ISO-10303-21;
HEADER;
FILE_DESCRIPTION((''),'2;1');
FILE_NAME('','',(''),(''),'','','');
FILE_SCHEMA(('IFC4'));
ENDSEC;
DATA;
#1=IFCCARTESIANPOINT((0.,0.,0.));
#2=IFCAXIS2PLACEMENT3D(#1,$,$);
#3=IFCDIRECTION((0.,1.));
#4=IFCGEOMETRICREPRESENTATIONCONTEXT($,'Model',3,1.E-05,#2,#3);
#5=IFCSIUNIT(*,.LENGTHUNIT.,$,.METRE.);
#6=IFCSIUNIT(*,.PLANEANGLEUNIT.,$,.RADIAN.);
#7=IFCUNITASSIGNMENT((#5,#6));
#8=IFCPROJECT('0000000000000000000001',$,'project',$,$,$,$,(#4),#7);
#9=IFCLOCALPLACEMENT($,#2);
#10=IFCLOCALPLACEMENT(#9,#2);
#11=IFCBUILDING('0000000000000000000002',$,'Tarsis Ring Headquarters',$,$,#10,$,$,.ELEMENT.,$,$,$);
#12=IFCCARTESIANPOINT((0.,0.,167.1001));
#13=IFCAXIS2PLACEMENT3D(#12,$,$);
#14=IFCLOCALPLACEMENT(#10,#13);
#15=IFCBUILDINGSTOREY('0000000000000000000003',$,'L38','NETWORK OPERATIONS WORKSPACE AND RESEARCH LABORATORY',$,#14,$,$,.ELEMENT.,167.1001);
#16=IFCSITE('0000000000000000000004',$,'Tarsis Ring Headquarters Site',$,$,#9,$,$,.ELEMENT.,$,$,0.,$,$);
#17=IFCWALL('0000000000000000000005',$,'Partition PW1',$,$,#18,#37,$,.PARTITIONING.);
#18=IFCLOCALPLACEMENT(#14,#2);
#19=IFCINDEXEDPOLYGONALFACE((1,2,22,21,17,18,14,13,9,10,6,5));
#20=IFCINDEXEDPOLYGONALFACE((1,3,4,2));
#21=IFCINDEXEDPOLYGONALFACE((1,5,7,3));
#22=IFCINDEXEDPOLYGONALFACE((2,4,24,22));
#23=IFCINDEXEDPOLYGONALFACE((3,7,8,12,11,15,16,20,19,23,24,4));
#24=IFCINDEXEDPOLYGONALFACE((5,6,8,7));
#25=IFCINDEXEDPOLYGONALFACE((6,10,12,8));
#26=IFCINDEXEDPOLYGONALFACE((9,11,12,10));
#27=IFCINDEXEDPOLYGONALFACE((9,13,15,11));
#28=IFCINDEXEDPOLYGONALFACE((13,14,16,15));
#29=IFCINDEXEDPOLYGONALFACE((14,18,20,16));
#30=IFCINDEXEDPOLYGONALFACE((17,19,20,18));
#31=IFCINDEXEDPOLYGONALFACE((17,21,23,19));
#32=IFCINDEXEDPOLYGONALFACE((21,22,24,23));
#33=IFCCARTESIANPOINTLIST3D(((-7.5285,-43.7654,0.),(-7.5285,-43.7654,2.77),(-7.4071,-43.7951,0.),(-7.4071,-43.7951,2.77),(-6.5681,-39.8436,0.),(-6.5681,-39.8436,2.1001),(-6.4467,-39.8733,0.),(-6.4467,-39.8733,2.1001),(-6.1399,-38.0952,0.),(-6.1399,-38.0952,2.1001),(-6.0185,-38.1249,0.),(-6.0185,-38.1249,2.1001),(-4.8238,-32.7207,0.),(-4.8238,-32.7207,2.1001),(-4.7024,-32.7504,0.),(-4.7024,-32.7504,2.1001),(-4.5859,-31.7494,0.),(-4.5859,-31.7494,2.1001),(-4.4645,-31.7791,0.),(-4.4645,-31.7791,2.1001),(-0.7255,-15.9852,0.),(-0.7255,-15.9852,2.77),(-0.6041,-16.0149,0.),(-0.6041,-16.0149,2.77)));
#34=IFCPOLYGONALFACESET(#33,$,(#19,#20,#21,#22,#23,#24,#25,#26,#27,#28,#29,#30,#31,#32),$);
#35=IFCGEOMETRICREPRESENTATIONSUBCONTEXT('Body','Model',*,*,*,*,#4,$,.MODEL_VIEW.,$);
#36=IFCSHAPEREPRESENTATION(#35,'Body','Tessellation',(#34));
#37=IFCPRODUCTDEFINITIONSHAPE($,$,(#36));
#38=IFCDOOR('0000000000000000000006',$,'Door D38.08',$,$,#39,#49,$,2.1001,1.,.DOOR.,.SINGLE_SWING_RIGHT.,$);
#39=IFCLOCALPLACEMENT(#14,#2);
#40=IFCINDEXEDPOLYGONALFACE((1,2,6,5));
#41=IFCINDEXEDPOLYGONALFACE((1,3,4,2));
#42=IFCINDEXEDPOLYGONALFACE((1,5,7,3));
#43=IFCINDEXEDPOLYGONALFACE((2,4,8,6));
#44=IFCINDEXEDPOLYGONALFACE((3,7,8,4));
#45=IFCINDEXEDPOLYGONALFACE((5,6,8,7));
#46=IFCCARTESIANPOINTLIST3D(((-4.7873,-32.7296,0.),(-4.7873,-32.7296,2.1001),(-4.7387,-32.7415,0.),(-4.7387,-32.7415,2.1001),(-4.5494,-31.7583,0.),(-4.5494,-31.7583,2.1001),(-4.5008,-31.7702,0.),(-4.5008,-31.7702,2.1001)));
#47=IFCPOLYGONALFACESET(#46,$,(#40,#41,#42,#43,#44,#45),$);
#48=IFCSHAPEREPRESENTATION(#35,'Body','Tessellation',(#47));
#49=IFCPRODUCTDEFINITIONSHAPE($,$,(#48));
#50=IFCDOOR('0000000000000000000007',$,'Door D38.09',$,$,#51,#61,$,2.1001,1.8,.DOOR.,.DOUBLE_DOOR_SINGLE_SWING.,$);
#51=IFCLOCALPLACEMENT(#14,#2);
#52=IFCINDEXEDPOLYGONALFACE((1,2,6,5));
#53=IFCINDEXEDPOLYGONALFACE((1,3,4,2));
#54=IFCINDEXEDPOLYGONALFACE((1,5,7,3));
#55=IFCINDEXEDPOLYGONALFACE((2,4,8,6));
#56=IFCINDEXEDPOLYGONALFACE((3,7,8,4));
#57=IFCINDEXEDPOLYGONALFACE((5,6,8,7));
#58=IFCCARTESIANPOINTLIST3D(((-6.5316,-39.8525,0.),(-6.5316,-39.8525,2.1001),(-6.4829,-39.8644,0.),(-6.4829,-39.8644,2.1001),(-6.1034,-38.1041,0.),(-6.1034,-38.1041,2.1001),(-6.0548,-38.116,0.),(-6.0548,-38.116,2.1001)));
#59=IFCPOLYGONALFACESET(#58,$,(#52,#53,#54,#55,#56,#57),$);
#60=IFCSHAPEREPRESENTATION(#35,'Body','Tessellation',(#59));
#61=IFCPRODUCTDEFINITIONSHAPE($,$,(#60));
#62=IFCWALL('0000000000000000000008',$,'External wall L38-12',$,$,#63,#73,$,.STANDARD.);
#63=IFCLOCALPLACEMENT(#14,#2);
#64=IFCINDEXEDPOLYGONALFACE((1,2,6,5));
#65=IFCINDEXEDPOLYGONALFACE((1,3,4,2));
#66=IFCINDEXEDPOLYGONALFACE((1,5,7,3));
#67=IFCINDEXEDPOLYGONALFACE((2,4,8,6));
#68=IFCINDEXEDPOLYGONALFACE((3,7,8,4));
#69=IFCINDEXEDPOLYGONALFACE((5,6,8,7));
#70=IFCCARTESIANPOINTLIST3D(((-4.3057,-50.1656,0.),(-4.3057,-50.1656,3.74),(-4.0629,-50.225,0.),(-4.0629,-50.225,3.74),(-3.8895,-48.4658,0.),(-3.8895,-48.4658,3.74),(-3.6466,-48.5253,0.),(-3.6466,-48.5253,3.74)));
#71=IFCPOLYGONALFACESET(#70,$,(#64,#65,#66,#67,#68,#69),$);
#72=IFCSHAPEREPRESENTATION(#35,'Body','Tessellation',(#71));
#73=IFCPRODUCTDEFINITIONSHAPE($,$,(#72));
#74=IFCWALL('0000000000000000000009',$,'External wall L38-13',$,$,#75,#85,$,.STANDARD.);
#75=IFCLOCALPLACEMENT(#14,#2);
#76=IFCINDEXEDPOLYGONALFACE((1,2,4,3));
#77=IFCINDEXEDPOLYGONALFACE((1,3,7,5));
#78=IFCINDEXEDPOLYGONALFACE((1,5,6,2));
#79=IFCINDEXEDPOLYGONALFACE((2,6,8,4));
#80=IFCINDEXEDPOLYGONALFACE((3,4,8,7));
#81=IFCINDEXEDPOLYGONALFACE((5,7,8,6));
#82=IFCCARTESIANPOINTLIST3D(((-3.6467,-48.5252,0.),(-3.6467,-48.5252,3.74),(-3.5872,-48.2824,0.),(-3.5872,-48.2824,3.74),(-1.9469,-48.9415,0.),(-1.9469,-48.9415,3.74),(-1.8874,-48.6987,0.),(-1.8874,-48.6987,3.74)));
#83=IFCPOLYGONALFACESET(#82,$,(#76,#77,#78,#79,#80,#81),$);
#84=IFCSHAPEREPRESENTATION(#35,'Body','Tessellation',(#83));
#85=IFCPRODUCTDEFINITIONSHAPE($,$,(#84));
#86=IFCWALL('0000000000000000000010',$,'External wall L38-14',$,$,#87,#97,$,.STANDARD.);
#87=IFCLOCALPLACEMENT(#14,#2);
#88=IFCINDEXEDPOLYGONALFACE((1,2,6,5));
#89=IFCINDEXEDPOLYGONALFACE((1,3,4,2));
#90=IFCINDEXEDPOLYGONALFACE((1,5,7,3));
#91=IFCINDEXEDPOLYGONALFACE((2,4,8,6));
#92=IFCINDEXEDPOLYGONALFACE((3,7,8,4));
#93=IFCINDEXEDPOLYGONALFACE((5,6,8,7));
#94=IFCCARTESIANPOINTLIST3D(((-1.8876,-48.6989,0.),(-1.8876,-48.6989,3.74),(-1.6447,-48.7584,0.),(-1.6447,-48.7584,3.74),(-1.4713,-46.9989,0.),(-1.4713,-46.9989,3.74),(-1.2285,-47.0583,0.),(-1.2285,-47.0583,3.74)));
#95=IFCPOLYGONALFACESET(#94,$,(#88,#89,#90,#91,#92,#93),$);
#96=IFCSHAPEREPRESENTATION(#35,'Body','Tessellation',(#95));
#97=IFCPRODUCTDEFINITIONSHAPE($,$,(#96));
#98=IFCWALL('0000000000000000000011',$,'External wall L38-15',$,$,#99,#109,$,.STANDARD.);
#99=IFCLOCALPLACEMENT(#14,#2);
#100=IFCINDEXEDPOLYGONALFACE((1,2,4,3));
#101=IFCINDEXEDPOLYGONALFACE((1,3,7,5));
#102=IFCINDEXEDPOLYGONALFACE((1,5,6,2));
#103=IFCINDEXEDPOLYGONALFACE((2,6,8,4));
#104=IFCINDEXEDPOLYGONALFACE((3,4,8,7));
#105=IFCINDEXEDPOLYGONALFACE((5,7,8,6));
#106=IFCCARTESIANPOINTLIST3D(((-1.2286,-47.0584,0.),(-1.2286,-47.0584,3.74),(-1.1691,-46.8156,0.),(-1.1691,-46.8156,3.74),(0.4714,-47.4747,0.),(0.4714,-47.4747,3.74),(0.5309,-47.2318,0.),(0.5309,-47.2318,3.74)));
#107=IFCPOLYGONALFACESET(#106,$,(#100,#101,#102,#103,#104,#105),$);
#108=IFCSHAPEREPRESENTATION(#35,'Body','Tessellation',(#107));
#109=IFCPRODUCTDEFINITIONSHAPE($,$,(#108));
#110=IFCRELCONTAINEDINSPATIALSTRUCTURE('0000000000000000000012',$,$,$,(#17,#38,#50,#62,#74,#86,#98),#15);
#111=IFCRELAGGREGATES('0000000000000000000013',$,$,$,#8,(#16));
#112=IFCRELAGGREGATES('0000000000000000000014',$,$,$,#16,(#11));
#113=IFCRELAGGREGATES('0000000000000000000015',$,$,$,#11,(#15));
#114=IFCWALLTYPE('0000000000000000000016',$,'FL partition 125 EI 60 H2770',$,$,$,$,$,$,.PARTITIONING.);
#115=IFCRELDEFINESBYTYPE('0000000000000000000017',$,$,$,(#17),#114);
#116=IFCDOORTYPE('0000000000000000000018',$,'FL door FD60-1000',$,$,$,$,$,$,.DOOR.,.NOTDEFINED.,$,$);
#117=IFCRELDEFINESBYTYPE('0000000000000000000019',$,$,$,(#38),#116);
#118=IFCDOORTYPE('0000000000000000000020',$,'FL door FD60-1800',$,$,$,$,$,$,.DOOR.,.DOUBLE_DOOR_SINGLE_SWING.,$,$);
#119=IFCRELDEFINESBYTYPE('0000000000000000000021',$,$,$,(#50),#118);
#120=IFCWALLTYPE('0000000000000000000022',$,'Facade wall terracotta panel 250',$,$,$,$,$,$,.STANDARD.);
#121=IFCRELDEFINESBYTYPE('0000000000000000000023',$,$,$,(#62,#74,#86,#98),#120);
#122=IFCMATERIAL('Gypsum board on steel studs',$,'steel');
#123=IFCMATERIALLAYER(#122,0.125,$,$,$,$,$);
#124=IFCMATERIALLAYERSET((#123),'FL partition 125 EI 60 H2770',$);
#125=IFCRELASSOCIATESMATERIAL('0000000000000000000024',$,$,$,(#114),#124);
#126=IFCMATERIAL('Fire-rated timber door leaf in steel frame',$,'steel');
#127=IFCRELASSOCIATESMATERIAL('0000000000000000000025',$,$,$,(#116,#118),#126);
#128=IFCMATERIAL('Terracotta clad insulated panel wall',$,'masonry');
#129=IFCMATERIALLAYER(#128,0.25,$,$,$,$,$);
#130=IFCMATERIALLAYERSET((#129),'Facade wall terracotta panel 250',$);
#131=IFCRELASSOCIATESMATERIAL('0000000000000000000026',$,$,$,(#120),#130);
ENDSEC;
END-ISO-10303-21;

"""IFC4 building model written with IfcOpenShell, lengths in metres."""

from ifc_helpers import new_model, si_unit, direction, frame, frame_2d, origin, place, context, subcontext, project, spatial, rectangle, extrude, material, layer, layer_set, type_object, element, fill, save


model = new_model("IFC4")

# Units and contexts
model_context = context("Model", 3, precision=1e-05, world=origin(), true_north=direction((0.0, 1.0)))
body_context = subcontext(model_context, "Body", "Model", "MODEL_VIEW")
ifc_project = project(units=[si_unit("LENGTHUNIT", "METRE"), si_unit("PLANEANGLEUNIT", "RADIAN")], contexts=[model_context])

# Site, building, storey
site_placement = place(None, origin())
site = spatial("IfcSite", under=ifc_project, at=site_placement, Name="Tarsis Ring Headquarters Site", CompositionType="ELEMENT", RefElevation=0.0)
building_placement = place(site_placement, origin())
building = spatial("IfcBuilding", under=site, at=building_placement, Name="Tarsis Ring Headquarters", CompositionType="ELEMENT")
storey_placement = place(building_placement, frame((0.0, 0.0, 167.1001)))
storey = spatial("IfcBuildingStorey", under=building, at=storey_placement, Name="L38", Description="NETWORK OPERATIONS WORKSPACE AND RESEARCH LABORATORY", CompositionType="ELEMENT", Elevation=167.1001)

# Wall, openings, doors
ifc_material_1 = material(Name="Gypsum board on steel studs", Category="steel")
ifc_layer_1 = layer(ifc_material_1, 0.125)
ifc_layer_set_1 = layer_set([ifc_layer_1], Name="FL partition 125 EI 60 H2770")
wall_type_1 = type_object("IfcWallType", Name="FL partition 125 EI 60 H2770", PredefinedType="PARTITIONING", material=ifc_layer_set_1)
wall_1_placement = place(storey_placement, frame((-7.4678, -43.7803, 0.0), z_axis=(0.0, 0.0, 1.0), x_axis=(0.237857, 0.9713, 0.0)))
wall_1 = element("IfcWall", 1, at=wall_1_placement, inside=storey, type_object=wall_type_1, Name="Partition PW1", PredefinedType="PARTITIONING", context=body_context, shape_type="SweptSolid", body=[
    extrude(rectangle(XDim=28.6011, YDim=0.125, at=frame_2d((14.3005, 0.0))), origin(), (0.0, 0.0, 1.0), 2.77),
])
opening_1_placement = place(wall_1_placement, frame((11.3711, 0.0, 0.0)))
opening_1 = element("IfcOpeningElement", 2, at=opening_1_placement, cuts=wall_1, PredefinedType="OPENING", context=body_context, shape_type="SweptSolid", body=[
    extrude(rectangle(XDim=1.0, YDim=2.1001, at=frame_2d((0.5, 1.05))), frame((0.0, 0.0725, 0.0), z_axis=(0.0, -1.0, 0.0), x_axis=(1.0, 0.0, 0.0)), (0.0, 0.0, 1.0), 0.145),
])
opening_2_placement = place(wall_1_placement, frame((4.0378, 0.0, 0.0)))
opening_2 = element("IfcOpeningElement", 3, at=opening_2_placement, cuts=wall_1, PredefinedType="OPENING", context=body_context, shape_type="SweptSolid", body=[
    extrude(rectangle(XDim=1.8, YDim=2.1001, at=frame_2d((0.8999, 1.05))), frame((0.0, 0.0725, 0.0), z_axis=(0.0, -1.0, 0.0), x_axis=(1.0, 0.0, 0.0)), (0.0, 0.0, 1.0), 0.145),
])
ifc_material_2 = material(Name="Fire-rated timber door leaf in steel frame", Category="steel")
door_type_1 = type_object("IfcDoorType", Name="FL door FD60-1000", OperationType="NOTDEFINED", PredefinedType="DOOR", material=ifc_material_2)
door_1_placement = place(opening_1_placement, origin())
door_1 = element("IfcDoor", 4, at=door_1_placement, inside=storey, type_object=door_type_1, Name="Door D38.08", OperationType="SINGLE_SWING_RIGHT", OverallHeight=2.1001, OverallWidth=1.0, PredefinedType="DOOR", context=body_context, shape_type="SweptSolid", body=[
    extrude(rectangle(XDim=1.0, YDim=2.1001, at=frame_2d((0.5, 1.05))), frame((0.0, 0.0249, 0.0), z_axis=(0.0, -1.0, 0.0), x_axis=(1.0, 0.0, 0.0)), (0.0, 0.0, 1.0), 0.05),
])
fill(opening_1, door_1)
door_type_2 = type_object("IfcDoorType", Name="FL door FD60-1800", OperationType="DOUBLE_DOOR_SINGLE_SWING", PredefinedType="DOOR", material=ifc_material_2)
door_2_placement = place(opening_2_placement, origin())
door_2 = element("IfcDoor", 5, at=door_2_placement, inside=storey, type_object=door_type_2, Name="Door D38.09", OperationType="DOUBLE_DOOR_SINGLE_SWING", OverallHeight=2.1001, OverallWidth=1.8, PredefinedType="DOOR", context=body_context, shape_type="SweptSolid", body=[
    extrude(rectangle(XDim=1.8, YDim=2.1001, at=frame_2d((0.8999, 1.05))), frame((0.0, 0.0249, 0.0), z_axis=(0.0, -1.0, 0.0), x_axis=(1.0, 0.0, 0.0)), (0.0, 0.0, 1.0), 0.05),
])
fill(opening_2, door_2)

# Walls
ifc_material_3 = material(Name="Terracotta clad insulated panel wall", Category="masonry")
ifc_layer_2 = layer(ifc_material_3, 0.25)
ifc_layer_set_2 = layer_set([ifc_layer_2], Name="Facade wall terracotta panel 250")
wall_type_2 = type_object("IfcWallType", Name="Facade wall terracotta panel 250", PredefinedType="STANDARD", material=ifc_layer_set_2)
for number, where, z_axis, x_axis, name in (
    (6, (-4.1843, -50.1953, 0.0), (0.0, 0.0, 1.0), (0.237871, 0.971297, 0.0), "External wall L38-12"),
    (7, (-3.6169, -48.4038, 0.0), (0.0, 0.0, 1.0), (0.971297, -0.237871, 0.0), "External wall L38-13"),
):
    element("IfcWall", number, at=place(storey_placement, frame(where, z_axis=z_axis, x_axis=x_axis)), inside=storey, type_object=wall_type_2, Name=name, PredefinedType="STANDARD", context=body_context, shape_type="SweptSolid", body=[
        extrude(rectangle(XDim=1.75, YDim=0.25, at=frame_2d((0.875, 0.0))), origin(), (0.0, 0.0, 1.0), 3.74),
    ])
for number, where, z_axis, x_axis, name in (
    (8, (-1.7661, -48.7285, 0.0), (0.0, 0.0, 1.0), (0.237839, 0.971305, 0.0), "External wall L38-14"),
    (9, (-1.1987, -46.937, 0.0), (0.0, 0.0, 1.0), (0.971305, -0.237839, 0.0), "External wall L38-15"),
):
    element("IfcWall", number, at=place(storey_placement, frame(where, z_axis=z_axis, x_axis=x_axis)), inside=storey, type_object=wall_type_2, Name=name, PredefinedType="STANDARD", context=body_context, shape_type="SweptSolid", body=[
        extrude(rectangle(XDim=1.7502, YDim=0.25, at=frame_2d((0.875, 0.0))), origin(), (0.0, 0.0, 1.0), 3.74),
    ])

save(model, "model.ifc")
